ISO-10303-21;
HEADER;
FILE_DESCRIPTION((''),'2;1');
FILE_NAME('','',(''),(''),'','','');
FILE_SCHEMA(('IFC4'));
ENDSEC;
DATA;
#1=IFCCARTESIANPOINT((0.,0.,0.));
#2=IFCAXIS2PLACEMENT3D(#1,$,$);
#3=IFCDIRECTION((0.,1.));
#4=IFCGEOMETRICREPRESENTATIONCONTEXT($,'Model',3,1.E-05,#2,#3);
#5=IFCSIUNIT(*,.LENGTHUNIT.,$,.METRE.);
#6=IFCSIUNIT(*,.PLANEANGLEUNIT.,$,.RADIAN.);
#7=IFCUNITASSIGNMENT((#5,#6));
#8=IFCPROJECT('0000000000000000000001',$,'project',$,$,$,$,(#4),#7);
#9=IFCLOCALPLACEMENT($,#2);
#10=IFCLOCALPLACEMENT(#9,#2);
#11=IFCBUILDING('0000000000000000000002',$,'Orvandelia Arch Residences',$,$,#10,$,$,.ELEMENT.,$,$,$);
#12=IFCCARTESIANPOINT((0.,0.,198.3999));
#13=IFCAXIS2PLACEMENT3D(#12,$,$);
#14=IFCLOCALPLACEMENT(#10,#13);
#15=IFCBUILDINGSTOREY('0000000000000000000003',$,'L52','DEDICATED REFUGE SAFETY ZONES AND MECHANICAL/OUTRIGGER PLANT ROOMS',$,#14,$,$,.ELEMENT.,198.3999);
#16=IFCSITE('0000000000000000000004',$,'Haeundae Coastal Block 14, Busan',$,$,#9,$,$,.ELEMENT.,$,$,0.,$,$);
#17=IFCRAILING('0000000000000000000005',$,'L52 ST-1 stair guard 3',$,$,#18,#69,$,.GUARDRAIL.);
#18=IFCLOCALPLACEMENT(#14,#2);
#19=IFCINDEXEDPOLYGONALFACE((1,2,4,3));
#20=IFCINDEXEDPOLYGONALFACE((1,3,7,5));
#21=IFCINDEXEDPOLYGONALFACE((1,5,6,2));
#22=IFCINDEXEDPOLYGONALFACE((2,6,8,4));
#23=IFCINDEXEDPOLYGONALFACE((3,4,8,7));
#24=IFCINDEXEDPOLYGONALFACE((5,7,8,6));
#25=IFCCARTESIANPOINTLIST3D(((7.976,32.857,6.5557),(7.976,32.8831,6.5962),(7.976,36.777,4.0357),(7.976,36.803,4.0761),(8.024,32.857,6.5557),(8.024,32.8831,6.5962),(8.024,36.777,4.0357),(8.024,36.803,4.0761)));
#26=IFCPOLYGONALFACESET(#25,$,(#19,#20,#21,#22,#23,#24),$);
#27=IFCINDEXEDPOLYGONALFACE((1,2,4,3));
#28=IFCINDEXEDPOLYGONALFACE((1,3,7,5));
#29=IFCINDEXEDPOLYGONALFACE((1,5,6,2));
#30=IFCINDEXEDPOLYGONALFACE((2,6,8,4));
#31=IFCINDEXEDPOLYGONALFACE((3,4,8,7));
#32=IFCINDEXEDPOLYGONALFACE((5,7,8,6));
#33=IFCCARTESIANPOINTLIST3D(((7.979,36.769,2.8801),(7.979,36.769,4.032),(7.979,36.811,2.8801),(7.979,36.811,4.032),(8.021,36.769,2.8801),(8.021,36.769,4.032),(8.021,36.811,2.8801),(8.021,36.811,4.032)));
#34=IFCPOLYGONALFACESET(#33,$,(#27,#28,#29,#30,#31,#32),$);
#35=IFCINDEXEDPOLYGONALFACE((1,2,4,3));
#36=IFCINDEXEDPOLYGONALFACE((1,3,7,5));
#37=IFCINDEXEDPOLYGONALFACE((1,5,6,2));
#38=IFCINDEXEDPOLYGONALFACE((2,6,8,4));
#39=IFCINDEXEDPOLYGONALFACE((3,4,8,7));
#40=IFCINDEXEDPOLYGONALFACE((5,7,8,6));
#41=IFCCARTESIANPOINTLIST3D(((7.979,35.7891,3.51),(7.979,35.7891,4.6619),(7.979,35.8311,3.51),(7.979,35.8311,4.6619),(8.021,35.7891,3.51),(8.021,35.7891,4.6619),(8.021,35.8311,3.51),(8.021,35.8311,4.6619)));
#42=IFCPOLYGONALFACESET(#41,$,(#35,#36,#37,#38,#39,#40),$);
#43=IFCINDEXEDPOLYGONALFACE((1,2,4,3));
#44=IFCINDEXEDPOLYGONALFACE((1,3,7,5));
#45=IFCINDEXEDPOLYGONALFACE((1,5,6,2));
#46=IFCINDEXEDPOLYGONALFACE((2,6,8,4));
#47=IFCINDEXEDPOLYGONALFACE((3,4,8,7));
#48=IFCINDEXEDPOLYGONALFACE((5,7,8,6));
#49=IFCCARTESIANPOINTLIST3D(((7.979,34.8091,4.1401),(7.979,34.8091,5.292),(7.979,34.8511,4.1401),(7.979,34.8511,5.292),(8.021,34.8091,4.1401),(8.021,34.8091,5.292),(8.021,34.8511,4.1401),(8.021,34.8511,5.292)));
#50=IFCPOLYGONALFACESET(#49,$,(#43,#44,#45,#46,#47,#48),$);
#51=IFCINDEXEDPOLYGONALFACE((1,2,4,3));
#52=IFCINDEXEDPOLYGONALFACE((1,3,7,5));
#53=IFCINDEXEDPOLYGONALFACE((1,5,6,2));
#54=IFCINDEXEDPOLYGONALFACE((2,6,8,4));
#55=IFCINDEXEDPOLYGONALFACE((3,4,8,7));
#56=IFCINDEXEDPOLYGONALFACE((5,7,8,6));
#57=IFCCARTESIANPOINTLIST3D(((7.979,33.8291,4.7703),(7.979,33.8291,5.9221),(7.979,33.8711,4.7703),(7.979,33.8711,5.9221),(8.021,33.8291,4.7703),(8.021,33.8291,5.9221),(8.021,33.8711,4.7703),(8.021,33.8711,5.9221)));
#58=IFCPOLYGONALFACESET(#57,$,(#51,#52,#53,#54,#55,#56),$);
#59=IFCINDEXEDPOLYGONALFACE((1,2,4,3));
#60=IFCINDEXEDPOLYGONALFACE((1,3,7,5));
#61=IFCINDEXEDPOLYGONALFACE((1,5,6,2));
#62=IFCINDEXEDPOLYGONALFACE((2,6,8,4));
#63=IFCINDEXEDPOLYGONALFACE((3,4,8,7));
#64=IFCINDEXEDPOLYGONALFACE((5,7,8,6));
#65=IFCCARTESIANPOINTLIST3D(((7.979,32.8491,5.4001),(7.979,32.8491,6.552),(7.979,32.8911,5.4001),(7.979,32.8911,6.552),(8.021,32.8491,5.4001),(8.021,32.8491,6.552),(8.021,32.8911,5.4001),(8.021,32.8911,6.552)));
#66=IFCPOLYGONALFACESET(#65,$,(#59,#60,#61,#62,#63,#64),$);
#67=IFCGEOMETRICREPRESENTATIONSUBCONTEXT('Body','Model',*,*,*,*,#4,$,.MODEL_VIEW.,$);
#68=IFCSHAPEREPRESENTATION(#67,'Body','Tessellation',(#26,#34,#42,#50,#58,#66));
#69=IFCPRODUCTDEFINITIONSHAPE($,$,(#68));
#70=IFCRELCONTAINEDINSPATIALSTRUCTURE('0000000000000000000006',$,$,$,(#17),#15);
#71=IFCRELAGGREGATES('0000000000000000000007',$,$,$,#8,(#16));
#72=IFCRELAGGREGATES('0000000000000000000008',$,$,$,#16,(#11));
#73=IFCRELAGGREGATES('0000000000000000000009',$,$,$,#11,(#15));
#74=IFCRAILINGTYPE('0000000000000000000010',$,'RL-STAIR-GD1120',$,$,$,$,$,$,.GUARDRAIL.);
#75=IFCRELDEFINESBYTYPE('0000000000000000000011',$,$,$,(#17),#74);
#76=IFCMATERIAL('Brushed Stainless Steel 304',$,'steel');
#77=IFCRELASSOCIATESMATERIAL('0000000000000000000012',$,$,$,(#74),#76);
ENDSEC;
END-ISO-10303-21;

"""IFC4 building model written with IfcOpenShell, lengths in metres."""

from ifc_helpers import new_model, si_unit, direction, frame, origin, origin_2d, place, context, subcontext, project, spatial, rectangle, extrude, material, type_object, element, save


model = new_model("IFC4")

# Units and contexts
model_context = context("Model", 3, precision=1e-05, world=origin(), true_north=direction((0.0, 1.0)))
body_context = subcontext(model_context, "Body", "Model", "MODEL_VIEW")
ifc_project = project(units=[si_unit("LENGTHUNIT", "METRE"), si_unit("PLANEANGLEUNIT", "RADIAN")], contexts=[model_context])

# Site, building, storey
site_placement = place(None, origin())
site = spatial("IfcSite", under=ifc_project, at=site_placement, Name="Haeundae Coastal Block 14, Busan", CompositionType="ELEMENT", RefElevation=0.0)
building_placement = place(site_placement, origin())
building = spatial("IfcBuilding", under=site, at=building_placement, Name="Orvandelia Arch Residences", CompositionType="ELEMENT")
storey_placement = place(building_placement, frame((0.0, 0.0, 198.3999)))
storey = spatial("IfcBuildingStorey", under=building, at=storey_placement, Name="L52", Description="DEDICATED REFUGE SAFETY ZONES AND MECHANICAL/OUTRIGGER PLANT ROOMS", CompositionType="ELEMENT", Elevation=198.3999)

# Railing
ifc_material_1 = material(Name="Brushed Stainless Steel 304", Category="steel")
railing_type = type_object("IfcRailingType", Name="RL-STAIR-GD1120", PredefinedType="GUARDRAIL", material=ifc_material_1)
railing_1_placement = place(storey_placement, frame((8.0, 36.79, 2.8801)))
element("IfcRailing", 1, at=railing_1_placement, inside=storey, type_object=railing_type, Name="L52 ST-1 stair guard 3", PredefinedType="GUARDRAIL", context=body_context, shape_type="SweptSolid", body=[
    extrude(rectangle(XDim=0.0481, YDim=0.0481, at=origin_2d()), frame((0.0, 0.0, 1.1758), z_axis=(0.0, -0.841172, 0.540768), x_axis=(1.0, 0.0, 0.0)), (0.0, 0.0, 1.0), 4.6602),
    extrude(rectangle(XDim=0.042, YDim=0.042, at=origin_2d()), origin(), (0.0, 0.0, 1.0), 1.1519),
    extrude(rectangle(XDim=0.042, YDim=0.042, at=origin_2d()), frame((0.0, -0.98, 0.6299)), (0.0, 0.0, 1.0), 1.1519),
    extrude(rectangle(XDim=0.042, YDim=0.042, at=origin_2d()), frame((0.0, -1.96, 1.26)), (0.0, 0.0, 1.0), 1.1519),
    extrude(rectangle(XDim=0.042, YDim=0.042, at=origin_2d()), frame((0.0, -2.9399, 1.8901)), (0.0, 0.0, 1.0), 1.1519),
    extrude(rectangle(XDim=0.042, YDim=0.042, at=origin_2d()), frame((0.0, -3.9199, 2.52)), (0.0, 0.0, 1.0), 1.1519),
])

save(model, "model.ifc")
